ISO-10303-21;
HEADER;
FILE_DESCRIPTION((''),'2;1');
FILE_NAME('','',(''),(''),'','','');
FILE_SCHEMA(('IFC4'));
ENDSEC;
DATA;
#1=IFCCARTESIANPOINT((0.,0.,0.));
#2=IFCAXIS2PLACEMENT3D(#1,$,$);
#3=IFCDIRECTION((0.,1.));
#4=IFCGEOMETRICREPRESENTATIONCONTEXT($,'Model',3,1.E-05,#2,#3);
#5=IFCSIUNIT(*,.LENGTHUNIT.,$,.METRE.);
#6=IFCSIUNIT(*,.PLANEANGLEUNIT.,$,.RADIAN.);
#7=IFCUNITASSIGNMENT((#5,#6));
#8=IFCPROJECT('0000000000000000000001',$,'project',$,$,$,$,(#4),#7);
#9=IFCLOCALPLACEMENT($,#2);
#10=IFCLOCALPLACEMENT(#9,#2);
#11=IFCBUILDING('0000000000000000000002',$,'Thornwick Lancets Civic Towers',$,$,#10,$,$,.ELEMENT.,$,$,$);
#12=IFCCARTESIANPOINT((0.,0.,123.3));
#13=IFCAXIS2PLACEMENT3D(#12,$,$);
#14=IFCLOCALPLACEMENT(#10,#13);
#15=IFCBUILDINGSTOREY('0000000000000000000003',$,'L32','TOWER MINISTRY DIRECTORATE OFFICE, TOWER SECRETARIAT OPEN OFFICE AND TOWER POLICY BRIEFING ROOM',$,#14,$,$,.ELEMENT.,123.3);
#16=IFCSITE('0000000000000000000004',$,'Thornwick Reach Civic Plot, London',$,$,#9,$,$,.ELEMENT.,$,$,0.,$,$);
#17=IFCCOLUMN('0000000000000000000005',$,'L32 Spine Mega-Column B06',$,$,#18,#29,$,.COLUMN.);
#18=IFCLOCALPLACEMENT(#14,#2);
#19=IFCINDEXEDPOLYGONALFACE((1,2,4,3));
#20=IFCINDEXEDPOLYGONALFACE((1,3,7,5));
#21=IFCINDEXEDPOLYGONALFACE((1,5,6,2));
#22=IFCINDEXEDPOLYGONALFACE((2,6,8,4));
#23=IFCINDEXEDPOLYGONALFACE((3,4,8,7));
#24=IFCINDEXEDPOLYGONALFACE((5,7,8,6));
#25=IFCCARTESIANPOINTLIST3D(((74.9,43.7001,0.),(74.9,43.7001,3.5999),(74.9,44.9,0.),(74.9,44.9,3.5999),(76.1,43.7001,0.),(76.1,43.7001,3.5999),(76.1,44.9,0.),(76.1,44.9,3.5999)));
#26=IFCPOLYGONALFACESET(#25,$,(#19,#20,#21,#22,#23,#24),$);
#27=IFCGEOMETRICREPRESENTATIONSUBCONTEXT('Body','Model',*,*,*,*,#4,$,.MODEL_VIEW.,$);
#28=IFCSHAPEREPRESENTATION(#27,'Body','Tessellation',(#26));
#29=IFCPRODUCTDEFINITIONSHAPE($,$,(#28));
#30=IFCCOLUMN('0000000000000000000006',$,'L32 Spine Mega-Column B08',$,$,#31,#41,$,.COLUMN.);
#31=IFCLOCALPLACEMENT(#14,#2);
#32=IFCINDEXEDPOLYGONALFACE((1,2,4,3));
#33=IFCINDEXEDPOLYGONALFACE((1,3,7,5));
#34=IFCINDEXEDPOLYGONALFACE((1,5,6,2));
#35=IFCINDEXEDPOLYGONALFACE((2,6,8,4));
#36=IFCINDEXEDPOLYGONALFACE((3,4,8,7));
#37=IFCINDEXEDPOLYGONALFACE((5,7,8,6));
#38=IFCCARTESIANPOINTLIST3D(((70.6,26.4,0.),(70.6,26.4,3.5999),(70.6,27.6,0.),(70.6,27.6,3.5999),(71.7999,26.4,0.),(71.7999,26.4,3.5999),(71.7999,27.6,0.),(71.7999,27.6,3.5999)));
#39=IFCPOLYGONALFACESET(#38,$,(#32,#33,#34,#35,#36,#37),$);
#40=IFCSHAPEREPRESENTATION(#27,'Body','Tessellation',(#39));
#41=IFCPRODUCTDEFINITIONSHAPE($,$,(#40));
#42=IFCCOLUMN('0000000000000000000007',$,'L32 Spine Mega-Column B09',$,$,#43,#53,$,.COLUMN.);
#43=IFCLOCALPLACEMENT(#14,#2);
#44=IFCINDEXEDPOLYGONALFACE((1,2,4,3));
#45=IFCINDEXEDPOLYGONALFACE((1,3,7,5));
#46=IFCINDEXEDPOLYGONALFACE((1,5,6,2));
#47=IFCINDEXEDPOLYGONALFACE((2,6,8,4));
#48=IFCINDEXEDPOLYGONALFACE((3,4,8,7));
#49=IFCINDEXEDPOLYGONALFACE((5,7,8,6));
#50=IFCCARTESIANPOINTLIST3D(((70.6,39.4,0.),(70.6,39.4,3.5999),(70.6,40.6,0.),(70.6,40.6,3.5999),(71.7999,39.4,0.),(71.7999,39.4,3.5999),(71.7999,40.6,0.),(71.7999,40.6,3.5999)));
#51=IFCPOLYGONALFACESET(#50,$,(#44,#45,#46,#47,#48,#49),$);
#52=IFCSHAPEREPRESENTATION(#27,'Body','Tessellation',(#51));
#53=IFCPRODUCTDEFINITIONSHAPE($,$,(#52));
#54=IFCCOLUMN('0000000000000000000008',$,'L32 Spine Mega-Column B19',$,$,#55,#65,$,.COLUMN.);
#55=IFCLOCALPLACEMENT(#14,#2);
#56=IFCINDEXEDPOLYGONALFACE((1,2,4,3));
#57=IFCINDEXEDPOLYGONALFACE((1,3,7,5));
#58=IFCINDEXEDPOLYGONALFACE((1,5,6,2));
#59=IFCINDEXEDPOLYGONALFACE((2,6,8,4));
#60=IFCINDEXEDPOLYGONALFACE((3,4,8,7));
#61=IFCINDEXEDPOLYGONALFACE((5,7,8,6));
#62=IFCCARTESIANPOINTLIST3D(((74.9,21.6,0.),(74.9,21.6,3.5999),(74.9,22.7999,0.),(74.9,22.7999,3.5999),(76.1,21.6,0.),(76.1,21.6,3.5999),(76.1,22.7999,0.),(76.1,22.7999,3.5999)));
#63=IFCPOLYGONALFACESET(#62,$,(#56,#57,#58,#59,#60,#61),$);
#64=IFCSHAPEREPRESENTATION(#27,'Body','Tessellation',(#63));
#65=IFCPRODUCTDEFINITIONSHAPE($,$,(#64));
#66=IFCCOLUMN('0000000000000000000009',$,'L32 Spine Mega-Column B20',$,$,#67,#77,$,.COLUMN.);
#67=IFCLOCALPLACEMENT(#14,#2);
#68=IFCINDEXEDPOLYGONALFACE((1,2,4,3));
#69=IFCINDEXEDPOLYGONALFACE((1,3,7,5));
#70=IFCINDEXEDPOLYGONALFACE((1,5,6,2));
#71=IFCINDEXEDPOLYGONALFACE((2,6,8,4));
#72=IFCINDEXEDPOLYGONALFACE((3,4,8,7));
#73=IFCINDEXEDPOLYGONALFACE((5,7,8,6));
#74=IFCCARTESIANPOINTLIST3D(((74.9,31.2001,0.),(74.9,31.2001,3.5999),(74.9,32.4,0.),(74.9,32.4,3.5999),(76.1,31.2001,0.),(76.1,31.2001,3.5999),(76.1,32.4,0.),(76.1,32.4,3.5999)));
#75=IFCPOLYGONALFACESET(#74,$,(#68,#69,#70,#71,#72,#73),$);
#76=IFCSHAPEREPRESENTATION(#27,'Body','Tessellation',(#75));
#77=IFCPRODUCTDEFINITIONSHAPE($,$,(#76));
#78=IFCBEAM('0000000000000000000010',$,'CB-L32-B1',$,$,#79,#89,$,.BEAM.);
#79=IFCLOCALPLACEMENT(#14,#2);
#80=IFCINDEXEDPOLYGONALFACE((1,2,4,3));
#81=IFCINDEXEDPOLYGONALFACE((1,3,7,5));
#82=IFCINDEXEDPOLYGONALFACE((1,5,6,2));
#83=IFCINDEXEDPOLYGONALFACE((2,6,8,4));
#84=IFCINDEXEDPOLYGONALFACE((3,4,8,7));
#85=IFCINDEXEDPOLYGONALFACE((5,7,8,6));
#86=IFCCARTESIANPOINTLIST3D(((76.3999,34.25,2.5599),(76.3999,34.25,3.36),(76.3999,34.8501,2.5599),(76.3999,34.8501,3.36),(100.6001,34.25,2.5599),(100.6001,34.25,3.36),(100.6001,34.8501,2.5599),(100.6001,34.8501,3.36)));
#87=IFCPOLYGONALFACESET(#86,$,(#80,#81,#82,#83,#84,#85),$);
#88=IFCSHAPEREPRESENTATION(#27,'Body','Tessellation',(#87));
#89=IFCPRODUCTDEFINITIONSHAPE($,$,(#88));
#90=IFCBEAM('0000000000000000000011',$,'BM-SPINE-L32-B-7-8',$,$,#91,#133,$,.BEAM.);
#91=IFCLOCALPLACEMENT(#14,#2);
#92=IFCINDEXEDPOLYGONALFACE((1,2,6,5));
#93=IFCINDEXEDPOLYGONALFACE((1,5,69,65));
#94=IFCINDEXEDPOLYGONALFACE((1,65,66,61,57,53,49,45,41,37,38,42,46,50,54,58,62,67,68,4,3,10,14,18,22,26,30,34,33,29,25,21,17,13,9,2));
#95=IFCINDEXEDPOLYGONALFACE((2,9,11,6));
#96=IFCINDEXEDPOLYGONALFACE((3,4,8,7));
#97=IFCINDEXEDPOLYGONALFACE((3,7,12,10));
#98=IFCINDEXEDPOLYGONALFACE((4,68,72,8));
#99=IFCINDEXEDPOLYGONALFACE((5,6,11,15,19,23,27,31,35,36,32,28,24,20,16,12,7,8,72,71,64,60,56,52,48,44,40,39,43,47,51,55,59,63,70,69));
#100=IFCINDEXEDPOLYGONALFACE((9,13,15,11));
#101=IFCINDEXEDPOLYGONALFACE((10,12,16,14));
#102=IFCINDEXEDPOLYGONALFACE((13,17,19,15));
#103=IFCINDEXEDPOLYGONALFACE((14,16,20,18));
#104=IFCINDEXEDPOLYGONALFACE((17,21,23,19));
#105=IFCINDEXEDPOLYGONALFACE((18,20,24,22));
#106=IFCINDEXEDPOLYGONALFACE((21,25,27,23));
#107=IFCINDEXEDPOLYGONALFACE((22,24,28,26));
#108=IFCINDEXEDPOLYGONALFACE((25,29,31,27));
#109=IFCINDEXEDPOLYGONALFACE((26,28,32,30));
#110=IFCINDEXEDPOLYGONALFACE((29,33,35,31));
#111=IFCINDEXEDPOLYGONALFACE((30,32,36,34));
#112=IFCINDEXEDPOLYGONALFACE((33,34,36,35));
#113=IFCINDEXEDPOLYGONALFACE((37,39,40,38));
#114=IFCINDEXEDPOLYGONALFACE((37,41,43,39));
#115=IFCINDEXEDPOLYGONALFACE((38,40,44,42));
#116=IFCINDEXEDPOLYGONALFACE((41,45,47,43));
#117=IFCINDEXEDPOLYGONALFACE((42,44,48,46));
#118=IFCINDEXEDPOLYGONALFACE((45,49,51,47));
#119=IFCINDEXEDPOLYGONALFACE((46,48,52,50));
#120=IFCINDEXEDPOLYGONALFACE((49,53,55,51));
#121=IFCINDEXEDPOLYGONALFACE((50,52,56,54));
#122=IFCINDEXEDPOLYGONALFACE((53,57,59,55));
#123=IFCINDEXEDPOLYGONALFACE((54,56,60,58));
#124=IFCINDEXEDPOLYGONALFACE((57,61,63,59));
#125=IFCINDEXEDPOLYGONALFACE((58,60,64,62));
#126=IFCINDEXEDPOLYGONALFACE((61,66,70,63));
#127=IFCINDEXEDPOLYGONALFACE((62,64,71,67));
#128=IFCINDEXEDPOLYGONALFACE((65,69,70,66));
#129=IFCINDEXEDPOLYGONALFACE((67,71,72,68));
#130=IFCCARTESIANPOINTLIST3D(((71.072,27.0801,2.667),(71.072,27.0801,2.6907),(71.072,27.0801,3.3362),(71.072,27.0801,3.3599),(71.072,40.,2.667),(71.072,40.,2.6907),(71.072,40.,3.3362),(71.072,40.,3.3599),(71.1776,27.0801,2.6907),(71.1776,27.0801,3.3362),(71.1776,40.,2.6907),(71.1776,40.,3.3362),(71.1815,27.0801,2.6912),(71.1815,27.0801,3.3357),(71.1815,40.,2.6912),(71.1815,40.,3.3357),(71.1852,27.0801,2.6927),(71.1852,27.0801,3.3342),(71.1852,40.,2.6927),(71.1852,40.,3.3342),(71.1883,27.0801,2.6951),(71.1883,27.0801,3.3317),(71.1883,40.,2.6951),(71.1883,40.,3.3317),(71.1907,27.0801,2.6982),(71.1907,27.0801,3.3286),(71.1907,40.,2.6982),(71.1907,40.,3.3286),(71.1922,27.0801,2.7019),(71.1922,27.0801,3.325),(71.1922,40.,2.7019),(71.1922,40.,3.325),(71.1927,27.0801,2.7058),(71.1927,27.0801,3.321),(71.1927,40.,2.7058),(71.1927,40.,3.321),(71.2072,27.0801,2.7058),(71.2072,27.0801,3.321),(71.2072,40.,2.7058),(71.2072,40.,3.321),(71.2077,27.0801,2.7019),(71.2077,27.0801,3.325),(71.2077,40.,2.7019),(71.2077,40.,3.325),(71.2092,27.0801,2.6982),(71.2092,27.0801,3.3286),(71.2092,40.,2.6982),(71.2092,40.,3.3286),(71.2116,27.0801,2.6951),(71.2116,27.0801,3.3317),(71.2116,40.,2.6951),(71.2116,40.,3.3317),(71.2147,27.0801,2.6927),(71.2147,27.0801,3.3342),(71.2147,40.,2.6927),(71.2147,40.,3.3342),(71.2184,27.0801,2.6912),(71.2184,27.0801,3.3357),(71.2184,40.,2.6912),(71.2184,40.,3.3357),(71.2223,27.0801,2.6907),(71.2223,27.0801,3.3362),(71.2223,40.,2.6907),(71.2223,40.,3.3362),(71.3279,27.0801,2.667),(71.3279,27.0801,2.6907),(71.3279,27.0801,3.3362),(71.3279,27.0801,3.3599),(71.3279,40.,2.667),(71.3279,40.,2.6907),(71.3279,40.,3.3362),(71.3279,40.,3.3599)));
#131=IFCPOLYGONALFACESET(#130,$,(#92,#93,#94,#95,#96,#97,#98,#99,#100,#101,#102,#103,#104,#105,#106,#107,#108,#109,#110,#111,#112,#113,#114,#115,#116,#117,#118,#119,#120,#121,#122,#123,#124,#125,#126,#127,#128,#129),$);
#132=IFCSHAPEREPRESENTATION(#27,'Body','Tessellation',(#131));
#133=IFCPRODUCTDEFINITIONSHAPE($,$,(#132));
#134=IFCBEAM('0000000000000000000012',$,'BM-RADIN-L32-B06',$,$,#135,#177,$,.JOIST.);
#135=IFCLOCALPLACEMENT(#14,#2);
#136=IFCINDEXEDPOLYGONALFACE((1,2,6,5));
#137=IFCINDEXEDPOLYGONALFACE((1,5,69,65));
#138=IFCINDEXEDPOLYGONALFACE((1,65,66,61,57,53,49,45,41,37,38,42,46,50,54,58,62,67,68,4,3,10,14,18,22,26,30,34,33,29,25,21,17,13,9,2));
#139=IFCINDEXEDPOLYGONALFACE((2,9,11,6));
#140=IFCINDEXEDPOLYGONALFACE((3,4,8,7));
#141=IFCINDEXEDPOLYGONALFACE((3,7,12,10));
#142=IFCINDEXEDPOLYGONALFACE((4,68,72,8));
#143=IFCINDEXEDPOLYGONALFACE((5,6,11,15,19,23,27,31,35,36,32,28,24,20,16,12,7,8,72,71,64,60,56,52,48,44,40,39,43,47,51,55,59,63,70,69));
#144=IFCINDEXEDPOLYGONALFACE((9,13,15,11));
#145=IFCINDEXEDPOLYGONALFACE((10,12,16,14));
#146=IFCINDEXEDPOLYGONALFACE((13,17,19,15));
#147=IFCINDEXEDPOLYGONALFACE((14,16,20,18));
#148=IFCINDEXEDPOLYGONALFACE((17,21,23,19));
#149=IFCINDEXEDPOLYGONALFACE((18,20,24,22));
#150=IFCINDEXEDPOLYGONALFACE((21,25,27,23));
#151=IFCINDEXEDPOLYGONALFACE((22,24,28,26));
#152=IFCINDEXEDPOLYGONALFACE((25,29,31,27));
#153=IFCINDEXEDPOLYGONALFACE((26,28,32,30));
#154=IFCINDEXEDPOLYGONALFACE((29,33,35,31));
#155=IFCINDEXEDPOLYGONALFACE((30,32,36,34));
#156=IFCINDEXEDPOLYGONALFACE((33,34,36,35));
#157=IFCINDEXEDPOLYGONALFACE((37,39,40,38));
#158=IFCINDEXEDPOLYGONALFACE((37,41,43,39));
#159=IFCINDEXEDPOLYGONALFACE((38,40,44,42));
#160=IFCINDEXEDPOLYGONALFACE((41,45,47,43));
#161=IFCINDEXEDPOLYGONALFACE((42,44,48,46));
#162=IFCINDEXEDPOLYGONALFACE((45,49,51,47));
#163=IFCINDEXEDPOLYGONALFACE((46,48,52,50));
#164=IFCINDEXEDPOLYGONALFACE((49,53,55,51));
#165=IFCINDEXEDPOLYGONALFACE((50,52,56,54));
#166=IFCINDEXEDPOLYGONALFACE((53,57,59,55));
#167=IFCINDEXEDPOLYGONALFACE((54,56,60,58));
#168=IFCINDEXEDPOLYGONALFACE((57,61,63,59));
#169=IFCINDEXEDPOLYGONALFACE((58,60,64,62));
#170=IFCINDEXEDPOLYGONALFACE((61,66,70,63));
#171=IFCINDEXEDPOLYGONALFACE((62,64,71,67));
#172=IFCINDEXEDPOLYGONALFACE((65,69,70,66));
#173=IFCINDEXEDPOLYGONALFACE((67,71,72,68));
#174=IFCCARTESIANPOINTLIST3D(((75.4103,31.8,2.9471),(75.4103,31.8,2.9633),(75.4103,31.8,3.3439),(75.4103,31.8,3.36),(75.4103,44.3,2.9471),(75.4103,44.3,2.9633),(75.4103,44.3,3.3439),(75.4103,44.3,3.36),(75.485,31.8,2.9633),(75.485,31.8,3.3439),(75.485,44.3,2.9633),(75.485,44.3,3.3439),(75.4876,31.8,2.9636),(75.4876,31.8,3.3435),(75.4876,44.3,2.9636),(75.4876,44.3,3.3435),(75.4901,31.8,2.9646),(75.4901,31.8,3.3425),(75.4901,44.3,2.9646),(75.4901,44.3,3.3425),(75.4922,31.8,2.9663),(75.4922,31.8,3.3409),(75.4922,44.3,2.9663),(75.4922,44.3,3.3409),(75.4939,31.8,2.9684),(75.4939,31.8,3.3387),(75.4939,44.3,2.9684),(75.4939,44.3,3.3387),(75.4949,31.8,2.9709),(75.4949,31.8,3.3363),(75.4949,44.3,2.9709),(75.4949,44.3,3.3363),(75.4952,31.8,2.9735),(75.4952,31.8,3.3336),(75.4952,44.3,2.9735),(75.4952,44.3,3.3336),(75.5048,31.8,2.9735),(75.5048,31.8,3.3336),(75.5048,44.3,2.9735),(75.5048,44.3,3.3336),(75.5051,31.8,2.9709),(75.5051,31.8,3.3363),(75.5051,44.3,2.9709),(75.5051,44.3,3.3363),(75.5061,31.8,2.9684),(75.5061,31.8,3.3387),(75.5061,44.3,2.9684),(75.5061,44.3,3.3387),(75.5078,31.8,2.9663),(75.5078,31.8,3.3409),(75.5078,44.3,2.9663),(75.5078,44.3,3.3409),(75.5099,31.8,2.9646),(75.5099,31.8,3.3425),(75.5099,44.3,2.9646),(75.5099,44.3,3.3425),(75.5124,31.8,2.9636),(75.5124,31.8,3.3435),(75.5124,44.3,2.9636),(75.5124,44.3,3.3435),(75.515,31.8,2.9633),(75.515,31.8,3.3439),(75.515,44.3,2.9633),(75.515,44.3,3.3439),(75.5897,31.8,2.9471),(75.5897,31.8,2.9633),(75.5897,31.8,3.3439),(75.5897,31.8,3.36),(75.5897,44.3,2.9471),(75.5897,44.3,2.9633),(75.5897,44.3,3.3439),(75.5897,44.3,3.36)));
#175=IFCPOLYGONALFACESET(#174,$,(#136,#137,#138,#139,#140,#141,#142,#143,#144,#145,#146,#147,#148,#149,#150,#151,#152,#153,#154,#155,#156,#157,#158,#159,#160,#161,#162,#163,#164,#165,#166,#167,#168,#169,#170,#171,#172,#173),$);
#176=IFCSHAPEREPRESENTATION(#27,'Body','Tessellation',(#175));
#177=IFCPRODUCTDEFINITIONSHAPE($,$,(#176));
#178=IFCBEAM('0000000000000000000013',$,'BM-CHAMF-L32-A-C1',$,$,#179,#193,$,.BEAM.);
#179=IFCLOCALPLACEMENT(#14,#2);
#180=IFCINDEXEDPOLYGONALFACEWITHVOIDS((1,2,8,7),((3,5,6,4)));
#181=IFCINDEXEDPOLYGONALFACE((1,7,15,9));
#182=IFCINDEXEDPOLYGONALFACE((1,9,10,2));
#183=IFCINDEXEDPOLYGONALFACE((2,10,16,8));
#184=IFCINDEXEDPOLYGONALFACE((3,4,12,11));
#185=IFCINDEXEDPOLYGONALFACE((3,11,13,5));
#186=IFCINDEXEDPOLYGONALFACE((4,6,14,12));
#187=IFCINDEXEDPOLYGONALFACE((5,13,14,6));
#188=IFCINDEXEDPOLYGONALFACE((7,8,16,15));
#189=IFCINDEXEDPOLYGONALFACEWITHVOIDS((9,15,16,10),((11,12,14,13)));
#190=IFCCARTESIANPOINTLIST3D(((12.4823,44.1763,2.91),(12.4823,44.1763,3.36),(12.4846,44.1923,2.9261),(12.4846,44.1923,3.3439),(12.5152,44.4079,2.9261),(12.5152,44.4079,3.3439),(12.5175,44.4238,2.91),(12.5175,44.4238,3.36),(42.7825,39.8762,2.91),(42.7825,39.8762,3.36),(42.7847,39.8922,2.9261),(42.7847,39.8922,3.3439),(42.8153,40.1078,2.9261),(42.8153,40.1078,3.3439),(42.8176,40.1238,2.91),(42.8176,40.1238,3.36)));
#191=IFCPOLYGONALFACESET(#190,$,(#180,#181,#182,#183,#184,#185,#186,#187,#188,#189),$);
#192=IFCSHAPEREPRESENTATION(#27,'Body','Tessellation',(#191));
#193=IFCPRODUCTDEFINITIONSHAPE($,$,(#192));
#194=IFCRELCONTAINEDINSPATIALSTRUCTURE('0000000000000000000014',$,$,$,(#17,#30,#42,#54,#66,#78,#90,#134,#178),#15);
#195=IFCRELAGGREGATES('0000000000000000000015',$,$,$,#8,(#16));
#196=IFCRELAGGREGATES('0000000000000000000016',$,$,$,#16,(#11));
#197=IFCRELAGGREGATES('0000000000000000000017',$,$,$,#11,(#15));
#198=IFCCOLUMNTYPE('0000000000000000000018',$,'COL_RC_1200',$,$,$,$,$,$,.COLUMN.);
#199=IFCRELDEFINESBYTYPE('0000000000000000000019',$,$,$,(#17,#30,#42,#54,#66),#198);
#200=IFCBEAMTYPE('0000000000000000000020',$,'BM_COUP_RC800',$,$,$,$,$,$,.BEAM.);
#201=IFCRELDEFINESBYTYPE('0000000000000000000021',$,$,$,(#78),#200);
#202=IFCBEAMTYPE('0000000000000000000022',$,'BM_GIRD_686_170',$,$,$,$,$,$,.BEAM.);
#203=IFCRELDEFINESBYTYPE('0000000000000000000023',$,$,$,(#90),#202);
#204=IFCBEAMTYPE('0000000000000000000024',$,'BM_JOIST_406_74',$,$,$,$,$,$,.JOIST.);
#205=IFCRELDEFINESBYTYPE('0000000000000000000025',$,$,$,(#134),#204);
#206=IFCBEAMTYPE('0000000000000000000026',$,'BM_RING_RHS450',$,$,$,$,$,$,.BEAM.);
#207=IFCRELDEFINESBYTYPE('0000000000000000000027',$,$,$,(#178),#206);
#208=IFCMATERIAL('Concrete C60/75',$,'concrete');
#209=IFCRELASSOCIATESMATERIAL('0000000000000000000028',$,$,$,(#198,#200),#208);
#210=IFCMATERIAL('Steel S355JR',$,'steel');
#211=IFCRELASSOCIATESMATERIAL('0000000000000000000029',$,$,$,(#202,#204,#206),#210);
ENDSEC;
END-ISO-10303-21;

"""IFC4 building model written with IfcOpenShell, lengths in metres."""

from ifc_helpers import new_model, si_unit, direction, frame, origin, origin_2d, place, context, subcontext, project, spatial, rectangle, hollow_rectangle, i_section, extrude, material, material_profile, profile_set, type_object, element, save


model = new_model("IFC4")

# Units and contexts
model_context = context("Model", 3, precision=1e-05, world=origin(), true_north=direction((0.0, 1.0)))
body_context = subcontext(model_context, "Body", "Model", "MODEL_VIEW")
ifc_project = project(units=[si_unit("LENGTHUNIT", "METRE"), si_unit("PLANEANGLEUNIT", "RADIAN")], contexts=[model_context])

# Site, building, storey
site_placement = place(None, origin())
site = spatial("IfcSite", under=ifc_project, at=site_placement, Name="Thornwick Reach Civic Plot, London", CompositionType="ELEMENT", RefElevation=0.0)
building_placement = place(site_placement, origin())
building = spatial("IfcBuilding", under=site, at=building_placement, Name="Thornwick Lancets Civic Towers", CompositionType="ELEMENT")
storey_placement = place(building_placement, frame((0.0, 0.0, 123.3)))
storey = spatial("IfcBuildingStorey", under=building, at=storey_placement, Name="L32", Description="TOWER MINISTRY DIRECTORATE OFFICE, TOWER SECRETARIAT OPEN OFFICE AND TOWER POLICY BRIEFING ROOM", CompositionType="ELEMENT", Elevation=123.3)

# Columns
ifc_material_1 = material(Name="Concrete C60/75", Category="concrete")
ifc_material_profile_1 = material_profile(ifc_material_1, rectangle(XDim=1.2, YDim=1.2, at=origin_2d()), Name="RC 1200x1200")
ifc_profile_set_1 = profile_set([ifc_material_profile_1], Name="Concrete C60/75")
column_type = type_object("IfcColumnType", Name="COL_RC_1200", PredefinedType="COLUMN", material=ifc_profile_set_1)
for number, where, z_axis, x_axis, name in (
    (1, (75.5, 44.3, 0.0), (0.0, 0.0, 1.0), (1.0, 0.0, 0.0), "L32 Spine Mega-Column B06"),
    (2, (71.2, 27.0, 0.0), (0.0, 0.0, 1.0), (1.0, 0.0, 0.0), "L32 Spine Mega-Column B08"),
    (3, (71.2, 40.0, 0.0), (0.0, 0.0, 1.0), (1.0, 0.0, 0.0), "L32 Spine Mega-Column B09"),
    (4, (75.5, 22.2, 0.0), (0.0, 0.0, 1.0), (1.0, 0.0, 0.0), "L32 Spine Mega-Column B19"),
    (5, (75.5, 31.8, 0.0), (0.0, 0.0, 1.0), (1.0, 0.0, 0.0), "L32 Spine Mega-Column B20"),
):
    element("IfcColumn", number, at=place(storey_placement, frame(where, z_axis=z_axis, x_axis=x_axis)), inside=storey, type_object=column_type, Name=name, PredefinedType="COLUMN", context=body_context, shape_type="SweptSolid", body=[
        extrude(rectangle(XDim=1.2, YDim=1.2, at=origin_2d()), origin(), (0.0, 0.0, 1.0), 3.5999),
    ])

# Beams
ifc_material_profile_2 = material_profile(ifc_material_1, rectangle(XDim=0.6001, YDim=0.8, at=origin_2d()), Name="RC 600x800")
ifc_profile_set_2 = profile_set([ifc_material_profile_2], Name="Concrete C60/75")
beam_type_1 = type_object("IfcBeamType", Name="BM_COUP_RC800", PredefinedType="BEAM", material=ifc_profile_set_2)
beam_1_placement = place(storey_placement, frame((76.3999, 34.55, 2.96), z_axis=(1.0, 0.0, 0.0), x_axis=(0.0, 1.0, 0.0)))
element("IfcBeam", 6, at=beam_1_placement, inside=storey, type_object=beam_type_1, Name="CB-L32-B1", PredefinedType="BEAM", context=body_context, shape_type="SweptSolid", body=[
    extrude(rectangle(XDim=0.6001, YDim=0.8, at=origin_2d()), origin(), (0.0, 0.0, 1.0), 24.2002),
])
ifc_material_2 = material(Name="Steel S355JR", Category="steel")
ifc_material_profile_3 = material_profile(ifc_material_2, i_section(OverallWidth=0.2559, OverallDepth=0.6929, WebThickness=0.0144, FlangeThickness=0.0237, FilletRadius=0.0151, at=origin_2d()), Name="UKB 686x254x170")
ifc_profile_set_3 = profile_set([ifc_material_profile_3], Name="Steel S355JR")
beam_type_2 = type_object("IfcBeamType", Name="BM_GIRD_686_170", PredefinedType="BEAM", material=ifc_profile_set_3)
beam_2_placement = place(storey_placement, frame((71.2, 27.0801, 3.0134), z_axis=(0.0, 1.0, 0.0), x_axis=(-1.0, 0.0, 0.0)))
element("IfcBeam", 7, at=beam_2_placement, inside=storey, type_object=beam_type_2, Name="BM-SPINE-L32-B-7-8", PredefinedType="BEAM", context=body_context, shape_type="SweptSolid", body=[
    extrude(i_section(OverallWidth=0.2559, OverallDepth=0.6929, WebThickness=0.0144, FlangeThickness=0.0237, FilletRadius=0.0151, at=origin_2d()), origin(), (0.0, 0.0, 1.0), 12.9199),
])
ifc_material_profile_4 = material_profile(ifc_material_2, i_section(OverallWidth=0.1794, OverallDepth=0.4128, WebThickness=0.0095, FlangeThickness=0.0161, FilletRadius=0.0103, at=origin_2d()), Name="UKB 406x178x74")
ifc_profile_set_4 = profile_set([ifc_material_profile_4], Name="Steel S355JR")
beam_type_3 = type_object("IfcBeamType", Name="BM_JOIST_406_74", PredefinedType="JOIST", material=ifc_profile_set_4)
beam_3_placement = place(storey_placement, frame((75.5, 31.8, 3.1536), z_axis=(0.0, 1.0, 0.0), x_axis=(-1.0, 0.0, 0.0)))
element("IfcBeam", 8, at=beam_3_placement, inside=storey, type_object=beam_type_3, Name="BM-RADIN-L32-B06", PredefinedType="JOIST", context=body_context, shape_type="SweptSolid", body=[
    extrude(i_section(OverallWidth=0.1794, OverallDepth=0.4128, WebThickness=0.0095, FlangeThickness=0.0161, FilletRadius=0.0103, at=origin_2d()), origin(), (0.0, 0.0, 1.0), 12.5),
])
ifc_material_profile_5 = material_profile(ifc_material_2, hollow_rectangle(XDim=0.25, YDim=0.45, WallThickness=0.0161, at=origin_2d()), Name="RHS 450x250x16")
ifc_profile_set_5 = profile_set([ifc_material_profile_5], Name="Steel S355JR")
beam_type_4 = type_object("IfcBeamType", Name="BM_RING_RHS450", PredefinedType="BEAM", material=ifc_profile_set_5)
for number, where, z_axis, x_axis, name in (
    (9, (42.8, 40.0, 3.135), (-0.99008, 0.140508, 0.0), (-0.140508, -0.99008, 0.0), "BM-CHAMF-L32-A-C1"),
):
    element("IfcBeam", number, at=place(storey_placement, frame(where, z_axis=z_axis, x_axis=x_axis)), inside=storey, type_object=beam_type_4, Name=name, PredefinedType="BEAM", context=body_context, shape_type="SweptSolid", body=[
        extrude(hollow_rectangle(XDim=0.25, YDim=0.45, WallThickness=0.0161, at=origin_2d()), origin(), (0.0, 0.0, 1.0), 30.6038),
    ])

save(model, "model.ifc")
